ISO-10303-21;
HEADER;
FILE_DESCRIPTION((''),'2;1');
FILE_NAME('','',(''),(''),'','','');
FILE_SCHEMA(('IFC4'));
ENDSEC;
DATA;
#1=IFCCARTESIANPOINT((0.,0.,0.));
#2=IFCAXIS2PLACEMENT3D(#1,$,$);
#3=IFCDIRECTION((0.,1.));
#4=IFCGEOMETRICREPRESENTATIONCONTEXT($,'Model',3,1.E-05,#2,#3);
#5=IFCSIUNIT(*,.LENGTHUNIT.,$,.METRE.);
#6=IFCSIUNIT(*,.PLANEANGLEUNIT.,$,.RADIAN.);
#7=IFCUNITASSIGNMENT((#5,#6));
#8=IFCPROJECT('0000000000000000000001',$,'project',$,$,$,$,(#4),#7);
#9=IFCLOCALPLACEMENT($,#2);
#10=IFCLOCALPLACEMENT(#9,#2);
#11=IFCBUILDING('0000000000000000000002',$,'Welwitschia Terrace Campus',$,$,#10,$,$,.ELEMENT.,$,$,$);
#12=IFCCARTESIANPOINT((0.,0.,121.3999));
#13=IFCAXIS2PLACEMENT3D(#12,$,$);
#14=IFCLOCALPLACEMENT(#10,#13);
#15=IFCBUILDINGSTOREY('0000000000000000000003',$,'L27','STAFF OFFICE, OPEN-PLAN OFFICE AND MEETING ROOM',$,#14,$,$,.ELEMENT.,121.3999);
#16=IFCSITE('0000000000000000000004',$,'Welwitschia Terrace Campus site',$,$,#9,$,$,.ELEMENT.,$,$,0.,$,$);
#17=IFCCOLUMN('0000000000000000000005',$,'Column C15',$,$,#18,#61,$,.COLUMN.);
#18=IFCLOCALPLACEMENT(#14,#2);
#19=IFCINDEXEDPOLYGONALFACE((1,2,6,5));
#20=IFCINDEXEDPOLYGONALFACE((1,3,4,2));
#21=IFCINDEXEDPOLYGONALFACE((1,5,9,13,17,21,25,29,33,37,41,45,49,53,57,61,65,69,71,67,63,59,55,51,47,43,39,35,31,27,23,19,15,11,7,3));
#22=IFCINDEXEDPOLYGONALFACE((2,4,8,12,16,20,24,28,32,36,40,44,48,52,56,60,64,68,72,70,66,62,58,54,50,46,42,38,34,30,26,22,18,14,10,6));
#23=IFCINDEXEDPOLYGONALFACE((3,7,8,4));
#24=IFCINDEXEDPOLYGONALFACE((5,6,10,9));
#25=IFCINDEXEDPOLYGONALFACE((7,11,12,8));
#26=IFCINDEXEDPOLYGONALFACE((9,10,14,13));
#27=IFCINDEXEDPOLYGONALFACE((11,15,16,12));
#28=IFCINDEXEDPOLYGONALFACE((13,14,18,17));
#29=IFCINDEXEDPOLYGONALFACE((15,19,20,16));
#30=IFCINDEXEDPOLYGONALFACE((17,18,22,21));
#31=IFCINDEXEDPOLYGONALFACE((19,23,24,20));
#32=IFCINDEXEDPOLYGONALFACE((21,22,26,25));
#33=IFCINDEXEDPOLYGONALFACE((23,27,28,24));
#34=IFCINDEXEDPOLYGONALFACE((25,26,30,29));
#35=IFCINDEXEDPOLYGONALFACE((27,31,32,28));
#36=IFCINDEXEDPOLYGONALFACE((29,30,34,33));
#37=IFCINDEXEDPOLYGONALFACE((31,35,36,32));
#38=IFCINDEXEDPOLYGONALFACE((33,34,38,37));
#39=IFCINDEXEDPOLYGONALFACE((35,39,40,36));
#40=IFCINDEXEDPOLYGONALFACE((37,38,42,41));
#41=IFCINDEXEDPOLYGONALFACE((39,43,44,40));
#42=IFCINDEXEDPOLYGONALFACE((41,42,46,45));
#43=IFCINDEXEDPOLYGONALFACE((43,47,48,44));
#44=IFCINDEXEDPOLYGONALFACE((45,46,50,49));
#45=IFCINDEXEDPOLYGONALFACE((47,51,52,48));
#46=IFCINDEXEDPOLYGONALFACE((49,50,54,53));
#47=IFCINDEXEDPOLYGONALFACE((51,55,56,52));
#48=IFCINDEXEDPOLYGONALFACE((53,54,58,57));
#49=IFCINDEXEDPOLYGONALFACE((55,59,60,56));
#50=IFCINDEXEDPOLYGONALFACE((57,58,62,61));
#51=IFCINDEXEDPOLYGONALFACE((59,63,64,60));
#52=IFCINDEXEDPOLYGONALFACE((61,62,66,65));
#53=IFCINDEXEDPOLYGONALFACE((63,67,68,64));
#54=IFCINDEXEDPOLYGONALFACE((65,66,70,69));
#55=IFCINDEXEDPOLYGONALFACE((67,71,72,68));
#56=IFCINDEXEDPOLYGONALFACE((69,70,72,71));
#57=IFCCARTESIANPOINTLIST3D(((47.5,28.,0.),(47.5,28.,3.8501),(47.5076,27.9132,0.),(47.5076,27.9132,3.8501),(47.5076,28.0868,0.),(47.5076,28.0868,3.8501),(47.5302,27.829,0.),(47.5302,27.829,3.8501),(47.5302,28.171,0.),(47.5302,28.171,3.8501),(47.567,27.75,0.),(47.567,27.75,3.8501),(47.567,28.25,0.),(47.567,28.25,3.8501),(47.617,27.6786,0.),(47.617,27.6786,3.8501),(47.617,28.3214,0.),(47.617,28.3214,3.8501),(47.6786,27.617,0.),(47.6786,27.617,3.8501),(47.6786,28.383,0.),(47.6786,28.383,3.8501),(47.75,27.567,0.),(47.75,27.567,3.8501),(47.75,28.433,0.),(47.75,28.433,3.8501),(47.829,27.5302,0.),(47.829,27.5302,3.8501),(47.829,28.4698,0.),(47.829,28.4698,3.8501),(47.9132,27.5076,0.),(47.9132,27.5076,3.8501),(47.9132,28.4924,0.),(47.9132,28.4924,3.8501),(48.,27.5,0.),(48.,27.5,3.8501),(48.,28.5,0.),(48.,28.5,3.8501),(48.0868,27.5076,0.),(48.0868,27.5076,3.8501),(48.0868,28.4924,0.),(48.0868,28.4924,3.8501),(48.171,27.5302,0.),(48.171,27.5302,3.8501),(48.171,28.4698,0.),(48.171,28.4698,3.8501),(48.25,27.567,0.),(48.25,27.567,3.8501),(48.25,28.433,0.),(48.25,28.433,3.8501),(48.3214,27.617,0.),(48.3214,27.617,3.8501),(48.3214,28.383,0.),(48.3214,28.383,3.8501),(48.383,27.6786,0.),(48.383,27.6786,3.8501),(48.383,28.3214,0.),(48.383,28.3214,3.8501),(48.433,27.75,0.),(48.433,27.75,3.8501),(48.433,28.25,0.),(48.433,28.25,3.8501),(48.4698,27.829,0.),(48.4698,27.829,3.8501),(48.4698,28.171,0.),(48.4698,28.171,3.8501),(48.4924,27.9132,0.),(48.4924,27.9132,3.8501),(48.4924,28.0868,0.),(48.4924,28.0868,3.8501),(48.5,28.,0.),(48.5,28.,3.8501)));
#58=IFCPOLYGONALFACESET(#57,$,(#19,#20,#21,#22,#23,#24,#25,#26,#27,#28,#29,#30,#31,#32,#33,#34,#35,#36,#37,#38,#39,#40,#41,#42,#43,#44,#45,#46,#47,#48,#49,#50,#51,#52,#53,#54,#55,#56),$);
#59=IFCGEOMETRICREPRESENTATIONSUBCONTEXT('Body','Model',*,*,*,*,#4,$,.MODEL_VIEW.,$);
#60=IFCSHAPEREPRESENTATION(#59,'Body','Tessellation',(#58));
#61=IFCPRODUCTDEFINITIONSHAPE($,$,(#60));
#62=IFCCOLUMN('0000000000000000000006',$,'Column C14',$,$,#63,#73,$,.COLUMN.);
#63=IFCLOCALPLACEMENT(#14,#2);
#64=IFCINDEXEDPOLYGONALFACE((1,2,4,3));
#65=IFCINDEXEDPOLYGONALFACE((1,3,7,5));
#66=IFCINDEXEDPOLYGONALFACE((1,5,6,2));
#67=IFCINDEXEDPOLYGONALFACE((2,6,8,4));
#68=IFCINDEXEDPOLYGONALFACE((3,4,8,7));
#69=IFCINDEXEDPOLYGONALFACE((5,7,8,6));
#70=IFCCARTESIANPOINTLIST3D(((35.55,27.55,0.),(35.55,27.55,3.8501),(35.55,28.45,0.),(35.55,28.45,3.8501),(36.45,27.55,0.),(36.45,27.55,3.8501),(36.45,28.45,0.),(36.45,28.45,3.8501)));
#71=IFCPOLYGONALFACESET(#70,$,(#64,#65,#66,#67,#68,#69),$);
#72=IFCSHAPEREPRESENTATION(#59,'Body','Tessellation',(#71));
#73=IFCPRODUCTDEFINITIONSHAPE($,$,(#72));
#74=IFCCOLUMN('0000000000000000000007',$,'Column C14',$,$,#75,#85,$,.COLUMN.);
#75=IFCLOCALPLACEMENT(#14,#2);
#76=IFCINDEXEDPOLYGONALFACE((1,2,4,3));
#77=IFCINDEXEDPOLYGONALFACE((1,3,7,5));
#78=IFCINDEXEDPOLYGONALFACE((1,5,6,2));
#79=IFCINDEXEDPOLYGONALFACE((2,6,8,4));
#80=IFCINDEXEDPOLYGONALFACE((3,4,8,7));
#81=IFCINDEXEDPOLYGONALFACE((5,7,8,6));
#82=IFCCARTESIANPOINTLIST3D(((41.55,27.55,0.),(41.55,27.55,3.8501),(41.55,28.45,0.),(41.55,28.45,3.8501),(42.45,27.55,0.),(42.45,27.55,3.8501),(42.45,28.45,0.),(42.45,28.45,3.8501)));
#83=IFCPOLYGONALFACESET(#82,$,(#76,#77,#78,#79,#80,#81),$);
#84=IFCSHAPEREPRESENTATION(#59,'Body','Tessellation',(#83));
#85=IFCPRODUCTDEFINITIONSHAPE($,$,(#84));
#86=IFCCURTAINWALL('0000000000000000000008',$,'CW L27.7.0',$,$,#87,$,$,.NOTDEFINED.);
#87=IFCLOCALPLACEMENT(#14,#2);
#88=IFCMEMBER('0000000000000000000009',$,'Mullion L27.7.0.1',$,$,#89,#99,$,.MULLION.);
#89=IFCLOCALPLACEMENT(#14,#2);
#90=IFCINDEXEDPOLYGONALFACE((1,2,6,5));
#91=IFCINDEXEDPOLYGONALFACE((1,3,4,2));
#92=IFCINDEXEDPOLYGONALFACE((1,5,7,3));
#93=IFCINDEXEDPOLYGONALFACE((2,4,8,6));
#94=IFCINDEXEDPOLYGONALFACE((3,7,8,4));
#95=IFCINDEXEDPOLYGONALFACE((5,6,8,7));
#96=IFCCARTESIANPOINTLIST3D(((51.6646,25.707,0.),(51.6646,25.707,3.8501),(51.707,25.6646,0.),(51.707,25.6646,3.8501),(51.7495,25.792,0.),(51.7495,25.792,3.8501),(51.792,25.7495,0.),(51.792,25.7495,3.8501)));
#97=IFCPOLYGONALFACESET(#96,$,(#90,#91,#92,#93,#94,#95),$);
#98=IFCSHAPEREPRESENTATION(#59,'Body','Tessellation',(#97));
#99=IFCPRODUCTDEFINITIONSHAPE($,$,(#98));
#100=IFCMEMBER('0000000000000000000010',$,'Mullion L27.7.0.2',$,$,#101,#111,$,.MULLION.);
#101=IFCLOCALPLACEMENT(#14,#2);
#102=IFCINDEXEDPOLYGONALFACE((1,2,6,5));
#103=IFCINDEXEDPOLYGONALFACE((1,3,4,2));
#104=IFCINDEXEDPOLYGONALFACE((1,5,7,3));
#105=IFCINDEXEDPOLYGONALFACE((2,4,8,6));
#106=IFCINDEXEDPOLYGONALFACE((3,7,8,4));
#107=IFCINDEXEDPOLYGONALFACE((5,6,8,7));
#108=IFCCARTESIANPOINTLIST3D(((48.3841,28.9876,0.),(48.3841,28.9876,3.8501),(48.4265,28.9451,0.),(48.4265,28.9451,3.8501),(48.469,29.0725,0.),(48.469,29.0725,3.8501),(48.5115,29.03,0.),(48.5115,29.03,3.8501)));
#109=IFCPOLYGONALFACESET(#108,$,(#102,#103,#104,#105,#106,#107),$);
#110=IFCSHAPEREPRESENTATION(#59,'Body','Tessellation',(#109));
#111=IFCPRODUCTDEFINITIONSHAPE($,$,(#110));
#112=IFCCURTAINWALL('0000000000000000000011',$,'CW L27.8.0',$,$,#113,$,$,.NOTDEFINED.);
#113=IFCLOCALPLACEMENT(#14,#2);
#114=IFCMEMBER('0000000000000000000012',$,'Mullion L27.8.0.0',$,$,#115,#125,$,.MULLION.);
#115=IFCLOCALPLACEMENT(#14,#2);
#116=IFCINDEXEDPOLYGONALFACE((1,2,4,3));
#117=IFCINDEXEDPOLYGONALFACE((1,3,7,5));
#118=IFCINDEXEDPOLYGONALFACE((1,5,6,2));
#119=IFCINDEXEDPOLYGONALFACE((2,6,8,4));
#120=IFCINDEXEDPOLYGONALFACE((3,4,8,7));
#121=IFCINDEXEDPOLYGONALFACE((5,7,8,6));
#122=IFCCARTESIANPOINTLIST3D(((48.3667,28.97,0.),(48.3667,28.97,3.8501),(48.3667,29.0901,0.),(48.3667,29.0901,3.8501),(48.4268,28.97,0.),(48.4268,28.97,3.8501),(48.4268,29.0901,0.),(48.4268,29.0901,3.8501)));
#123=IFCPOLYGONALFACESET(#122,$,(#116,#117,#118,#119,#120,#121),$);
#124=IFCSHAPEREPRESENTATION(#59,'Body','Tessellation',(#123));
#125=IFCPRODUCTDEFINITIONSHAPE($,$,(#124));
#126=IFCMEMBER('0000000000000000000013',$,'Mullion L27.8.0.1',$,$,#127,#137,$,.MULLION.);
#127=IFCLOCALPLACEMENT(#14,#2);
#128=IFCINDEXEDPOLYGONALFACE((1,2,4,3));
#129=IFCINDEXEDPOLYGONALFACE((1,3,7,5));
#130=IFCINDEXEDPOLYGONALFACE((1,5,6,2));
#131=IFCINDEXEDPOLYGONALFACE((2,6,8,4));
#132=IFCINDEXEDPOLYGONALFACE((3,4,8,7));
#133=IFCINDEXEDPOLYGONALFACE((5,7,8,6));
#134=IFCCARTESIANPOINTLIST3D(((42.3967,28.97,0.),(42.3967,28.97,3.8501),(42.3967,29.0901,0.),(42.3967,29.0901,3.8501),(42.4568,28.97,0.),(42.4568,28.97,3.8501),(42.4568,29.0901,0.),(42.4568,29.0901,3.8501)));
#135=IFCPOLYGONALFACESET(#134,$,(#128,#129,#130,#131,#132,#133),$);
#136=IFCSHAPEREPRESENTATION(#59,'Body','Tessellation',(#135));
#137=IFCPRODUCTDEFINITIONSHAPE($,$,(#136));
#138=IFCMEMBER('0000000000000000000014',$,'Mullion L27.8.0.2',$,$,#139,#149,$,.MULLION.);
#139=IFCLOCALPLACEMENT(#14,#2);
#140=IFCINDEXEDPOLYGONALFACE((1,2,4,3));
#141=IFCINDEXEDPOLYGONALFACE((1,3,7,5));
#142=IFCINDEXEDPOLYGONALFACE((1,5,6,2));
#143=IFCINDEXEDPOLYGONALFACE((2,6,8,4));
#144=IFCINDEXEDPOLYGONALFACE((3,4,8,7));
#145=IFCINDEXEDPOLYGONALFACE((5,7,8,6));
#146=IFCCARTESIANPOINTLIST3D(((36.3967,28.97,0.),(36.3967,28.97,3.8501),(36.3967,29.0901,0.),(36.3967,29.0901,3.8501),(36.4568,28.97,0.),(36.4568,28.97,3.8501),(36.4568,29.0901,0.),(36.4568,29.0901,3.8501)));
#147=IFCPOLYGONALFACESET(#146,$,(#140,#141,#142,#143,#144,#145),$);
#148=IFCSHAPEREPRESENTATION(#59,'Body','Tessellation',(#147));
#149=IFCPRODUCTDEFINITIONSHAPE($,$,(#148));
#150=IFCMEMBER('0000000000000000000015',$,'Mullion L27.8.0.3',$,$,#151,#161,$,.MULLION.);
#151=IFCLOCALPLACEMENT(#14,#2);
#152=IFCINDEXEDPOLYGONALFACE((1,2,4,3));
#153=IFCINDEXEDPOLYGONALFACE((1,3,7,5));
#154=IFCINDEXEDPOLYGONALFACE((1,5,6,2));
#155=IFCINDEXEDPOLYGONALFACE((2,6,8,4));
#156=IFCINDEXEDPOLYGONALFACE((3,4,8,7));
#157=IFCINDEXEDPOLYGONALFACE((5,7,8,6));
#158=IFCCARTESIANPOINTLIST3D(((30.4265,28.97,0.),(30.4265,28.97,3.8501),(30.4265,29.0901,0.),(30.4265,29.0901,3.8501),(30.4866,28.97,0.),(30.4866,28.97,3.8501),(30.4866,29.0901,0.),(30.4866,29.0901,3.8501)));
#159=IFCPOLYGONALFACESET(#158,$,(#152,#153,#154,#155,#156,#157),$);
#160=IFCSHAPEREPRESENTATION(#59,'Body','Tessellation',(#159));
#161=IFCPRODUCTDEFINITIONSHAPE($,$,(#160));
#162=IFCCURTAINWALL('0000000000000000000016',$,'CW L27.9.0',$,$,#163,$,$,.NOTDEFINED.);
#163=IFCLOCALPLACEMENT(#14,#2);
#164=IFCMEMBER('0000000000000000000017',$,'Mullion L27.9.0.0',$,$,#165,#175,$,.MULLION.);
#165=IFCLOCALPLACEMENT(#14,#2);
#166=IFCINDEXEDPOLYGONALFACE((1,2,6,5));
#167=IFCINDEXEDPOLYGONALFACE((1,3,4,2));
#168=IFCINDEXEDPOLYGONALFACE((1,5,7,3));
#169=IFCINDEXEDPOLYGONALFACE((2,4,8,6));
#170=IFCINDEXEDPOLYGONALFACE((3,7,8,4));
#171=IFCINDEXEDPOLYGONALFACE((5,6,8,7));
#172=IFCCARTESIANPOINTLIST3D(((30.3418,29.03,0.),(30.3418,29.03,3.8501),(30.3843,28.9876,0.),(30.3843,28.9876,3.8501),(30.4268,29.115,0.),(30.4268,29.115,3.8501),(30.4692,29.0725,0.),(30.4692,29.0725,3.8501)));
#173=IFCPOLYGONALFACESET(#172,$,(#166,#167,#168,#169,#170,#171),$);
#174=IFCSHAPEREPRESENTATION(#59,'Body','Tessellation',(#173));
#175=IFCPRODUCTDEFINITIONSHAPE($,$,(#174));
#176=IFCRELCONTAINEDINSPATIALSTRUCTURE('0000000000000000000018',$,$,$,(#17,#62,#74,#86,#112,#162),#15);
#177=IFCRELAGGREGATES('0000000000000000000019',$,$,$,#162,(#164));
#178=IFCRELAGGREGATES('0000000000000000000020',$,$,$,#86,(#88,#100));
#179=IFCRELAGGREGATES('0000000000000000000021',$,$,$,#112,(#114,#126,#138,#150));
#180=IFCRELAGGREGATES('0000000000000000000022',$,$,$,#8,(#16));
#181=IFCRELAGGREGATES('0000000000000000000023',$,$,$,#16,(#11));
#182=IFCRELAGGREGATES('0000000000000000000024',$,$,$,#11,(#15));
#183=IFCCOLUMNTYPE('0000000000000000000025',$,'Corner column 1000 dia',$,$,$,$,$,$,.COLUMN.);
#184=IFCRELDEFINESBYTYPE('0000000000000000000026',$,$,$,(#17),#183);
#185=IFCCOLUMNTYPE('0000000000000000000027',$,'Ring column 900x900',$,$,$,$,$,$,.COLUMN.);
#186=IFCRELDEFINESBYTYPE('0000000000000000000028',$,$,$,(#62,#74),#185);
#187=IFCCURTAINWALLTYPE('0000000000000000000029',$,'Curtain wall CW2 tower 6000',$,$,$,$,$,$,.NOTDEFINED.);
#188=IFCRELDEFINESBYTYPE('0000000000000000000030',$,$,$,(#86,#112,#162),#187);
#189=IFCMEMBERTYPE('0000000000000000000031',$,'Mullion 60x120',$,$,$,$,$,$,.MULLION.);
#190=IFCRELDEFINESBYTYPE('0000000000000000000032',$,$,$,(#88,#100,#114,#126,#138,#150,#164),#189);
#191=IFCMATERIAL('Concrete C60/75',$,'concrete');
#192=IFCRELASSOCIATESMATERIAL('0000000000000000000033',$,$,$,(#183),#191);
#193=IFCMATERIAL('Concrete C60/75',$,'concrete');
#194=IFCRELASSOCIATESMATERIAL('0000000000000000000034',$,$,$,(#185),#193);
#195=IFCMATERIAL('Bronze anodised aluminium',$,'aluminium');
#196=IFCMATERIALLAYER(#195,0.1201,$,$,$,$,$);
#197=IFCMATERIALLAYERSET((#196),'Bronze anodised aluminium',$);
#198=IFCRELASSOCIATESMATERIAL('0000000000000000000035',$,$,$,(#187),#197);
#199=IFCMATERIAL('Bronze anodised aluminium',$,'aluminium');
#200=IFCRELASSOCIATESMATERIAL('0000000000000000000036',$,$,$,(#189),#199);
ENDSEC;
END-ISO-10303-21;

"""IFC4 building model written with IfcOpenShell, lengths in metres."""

from ifc_helpers import new_model, si_unit, direction, frame, origin, origin_2d, place, context, subcontext, project, spatial, rectangle, circle, extrude, material, layer, layer_set, material_profile, profile_set, type_object, element, aggregate, save


model = new_model("IFC4")

# Units and contexts
model_context = context("Model", 3, precision=1e-05, world=origin(), true_north=direction((0.0, 1.0)))
body_context = subcontext(model_context, "Body", "Model", "MODEL_VIEW")
ifc_project = project(units=[si_unit("LENGTHUNIT", "METRE"), si_unit("PLANEANGLEUNIT", "RADIAN")], contexts=[model_context])

# Site, building, storey
site_placement = place(None, origin())
site = spatial("IfcSite", under=ifc_project, at=site_placement, Name="Welwitschia Terrace Campus site", CompositionType="ELEMENT", RefElevation=0.0)
building_placement = place(site_placement, origin())
building = spatial("IfcBuilding", under=site, at=building_placement, Name="Welwitschia Terrace Campus", CompositionType="ELEMENT")
storey_placement = place(building_placement, frame((0.0, 0.0, 121.3999)))
storey = spatial("IfcBuildingStorey", under=building, at=storey_placement, Name="L27", Description="STAFF OFFICE, OPEN-PLAN OFFICE AND MEETING ROOM", CompositionType="ELEMENT", Elevation=121.3999)

# Columns
ifc_material_1 = material(Name="Concrete C60/75", Category="concrete")
ifc_material_profile_1 = material_profile(ifc_material_1, circle(Radius=0.5, at=origin_2d()))
ifc_profile_set_1 = profile_set([ifc_material_profile_1], Name="Concrete C60/75")
column_type_1 = type_object("IfcColumnType", Name="Corner column 1000 dia", PredefinedType="COLUMN", material=ifc_profile_set_1)
column_placement = place(storey_placement, frame((48.0, 28.0, 0.0), z_axis=(0.0, 0.0, 1.0), x_axis=(1.0, 0.0, 0.0)))
element("IfcColumn", 1, at=column_placement, inside=storey, type_object=column_type_1, Name="Column C15", PredefinedType="COLUMN", context=body_context, shape_type="SweptSolid", body=[
    extrude(circle(Radius=0.5, at=origin_2d()), origin(), (0.0, 0.0, 1.0), 3.8501),
])
ifc_material_2 = material(Name="Concrete C60/75", Category="concrete")
ifc_material_profile_2 = material_profile(ifc_material_2, rectangle(XDim=0.8999, YDim=0.8999, at=origin_2d()))
ifc_profile_set_2 = profile_set([ifc_material_profile_2], Name="Concrete C60/75")
column_type_2 = type_object("IfcColumnType", Name="Ring column 900x900", PredefinedType="COLUMN", material=ifc_profile_set_2)
for number, where, z_axis, x_axis, name in (
    (2, (36.0, 28.0, 0.0), (0.0, 0.0, 1.0), (1.0, 0.0, 0.0), "Column C14"),
    (3, (42.0, 28.0, 0.0), (0.0, 0.0, 1.0), (1.0, 0.0, 0.0), "Column C14"),
):
    element("IfcColumn", number, at=place(storey_placement, frame(where, z_axis=z_axis, x_axis=x_axis)), inside=storey, type_object=column_type_2, Name=name, PredefinedType="COLUMN", context=body_context, shape_type="SweptSolid", body=[
        extrude(rectangle(XDim=0.8999, YDim=0.8999, at=origin_2d()), origin(), (0.0, 0.0, 1.0), 3.8501),
    ])

# Curtain walls, members
ifc_material_3 = material(Name="Bronze anodised aluminium", Category="aluminium")
ifc_layer_1 = layer(ifc_material_3, 0.1201)
ifc_layer_set_1 = layer_set([ifc_layer_1], Name="Bronze anodised aluminium")
curtain_wall_type = type_object("IfcCurtainWallType", Name="Curtain wall CW2 tower 6000", PredefinedType="NOTDEFINED", material=ifc_layer_set_1)
curtain_wall_1_placement = place(storey_placement, origin())
curtain_wall_1 = element("IfcCurtainWall", 4, at=curtain_wall_1_placement, inside=storey, type_object=curtain_wall_type, Name="CW L27.7.0", PredefinedType="NOTDEFINED")
ifc_material_4 = material(Name="Bronze anodised aluminium", Category="aluminium")
ifc_material_profile_3 = material_profile(ifc_material_4, rectangle(XDim=0.1201, YDim=0.0601, at=origin_2d()))
ifc_profile_set_3 = profile_set([ifc_material_profile_3], Name="Bronze anodised aluminium")
member_type_1 = type_object("IfcMemberType", Name="Mullion 60x120", PredefinedType="MULLION", material=ifc_profile_set_3)
member_1_placement = place(storey_placement, frame((51.7283, 25.7283, 0.0), z_axis=(0.0, 0.0, 1.0), x_axis=(-0.707107, -0.707107, 0.0)))
member_1 = element("IfcMember", 5, at=member_1_placement, type_object=member_type_1, Name="Mullion L27.7.0.1", PredefinedType="MULLION", context=body_context, shape_type="SweptSolid", body=[
    extrude(rectangle(XDim=0.1201, YDim=0.0601, at=origin_2d()), origin(), (0.0, 0.0, 1.0), 3.8501),
])
member_2_placement = place(storey_placement, frame((48.4478, 29.0088, 0.0), z_axis=(0.0, 0.0, 1.0), x_axis=(-0.707107, -0.707107, 0.0)))
member_2 = element("IfcMember", 6, at=member_2_placement, type_object=member_type_1, Name="Mullion L27.7.0.2", PredefinedType="MULLION", context=body_context, shape_type="SweptSolid", body=[
    extrude(rectangle(XDim=0.1201, YDim=0.0601, at=origin_2d()), origin(), (0.0, 0.0, 1.0), 3.8501),
])
curtain_wall_2_placement = place(storey_placement, origin())
curtain_wall_2 = element("IfcCurtainWall", 7, at=curtain_wall_2_placement, inside=storey, type_object=curtain_wall_type, Name="CW L27.8.0", PredefinedType="NOTDEFINED")
member_3_placement = place(storey_placement, frame((48.3967, 29.03, 0.0), z_axis=(0.0, 0.0, 1.0), x_axis=(0.0, -1.0, 0.0)))
member_3 = element("IfcMember", 8, at=member_3_placement, type_object=member_type_1, Name="Mullion L27.8.0.0", PredefinedType="MULLION", context=body_context, shape_type="SweptSolid", body=[
    extrude(rectangle(XDim=0.1201, YDim=0.0601, at=origin_2d()), origin(), (0.0, 0.0, 1.0), 3.8501),
])
member_4_placement = place(storey_placement, frame((42.4268, 29.03, 0.0), z_axis=(0.0, 0.0, 1.0), x_axis=(0.0, -1.0, 0.0)))
member_4 = element("IfcMember", 9, at=member_4_placement, type_object=member_type_1, Name="Mullion L27.8.0.1", PredefinedType="MULLION", context=body_context, shape_type="SweptSolid", body=[
    extrude(rectangle(XDim=0.1201, YDim=0.0601, at=origin_2d()), origin(), (0.0, 0.0, 1.0), 3.8501),
])
member_5_placement = place(storey_placement, frame((36.4268, 29.03, 0.0), z_axis=(0.0, 0.0, 1.0), x_axis=(0.0, -1.0, 0.0)))
member_5 = element("IfcMember", 10, at=member_5_placement, type_object=member_type_1, Name="Mullion L27.8.0.2", PredefinedType="MULLION", context=body_context, shape_type="SweptSolid", body=[
    extrude(rectangle(XDim=0.1201, YDim=0.0601, at=origin_2d()), origin(), (0.0, 0.0, 1.0), 3.8501),
])
member_6_placement = place(storey_placement, frame((30.4565, 29.03, 0.0), z_axis=(0.0, 0.0, 1.0), x_axis=(0.0, -1.0, 0.0)))
member_6 = element("IfcMember", 11, at=member_6_placement, type_object=member_type_1, Name="Mullion L27.8.0.3", PredefinedType="MULLION", context=body_context, shape_type="SweptSolid", body=[
    extrude(rectangle(XDim=0.1201, YDim=0.0601, at=origin_2d()), origin(), (0.0, 0.0, 1.0), 3.8501),
])

# Curtain wall, member
curtain_wall_3_placement = place(storey_placement, origin())
curtain_wall_3 = element("IfcCurtainWall", 12, at=curtain_wall_3_placement, inside=storey, type_object=curtain_wall_type, Name="CW L27.9.0", PredefinedType="NOTDEFINED")
member_7_placement = place(storey_placement, frame((30.4055, 29.0513, 0.0), z_axis=(0.0, 0.0, 1.0), x_axis=(-0.707107, -0.707107, 0.0)))
member_7 = element("IfcMember", 13, at=member_7_placement, type_object=member_type_1, Name="Mullion L27.9.0.0", PredefinedType="MULLION", context=body_context, shape_type="SweptSolid", body=[
    extrude(rectangle(XDim=0.1201, YDim=0.0601, at=origin_2d()), origin(), (0.0, 0.0, 1.0), 3.8501),
])

aggregate(curtain_wall_3, [member_7])

aggregate(curtain_wall_1, [member_1, member_2])
aggregate(curtain_wall_2, [member_3, member_4, member_5, member_6])

save(model, "model.ifc")
